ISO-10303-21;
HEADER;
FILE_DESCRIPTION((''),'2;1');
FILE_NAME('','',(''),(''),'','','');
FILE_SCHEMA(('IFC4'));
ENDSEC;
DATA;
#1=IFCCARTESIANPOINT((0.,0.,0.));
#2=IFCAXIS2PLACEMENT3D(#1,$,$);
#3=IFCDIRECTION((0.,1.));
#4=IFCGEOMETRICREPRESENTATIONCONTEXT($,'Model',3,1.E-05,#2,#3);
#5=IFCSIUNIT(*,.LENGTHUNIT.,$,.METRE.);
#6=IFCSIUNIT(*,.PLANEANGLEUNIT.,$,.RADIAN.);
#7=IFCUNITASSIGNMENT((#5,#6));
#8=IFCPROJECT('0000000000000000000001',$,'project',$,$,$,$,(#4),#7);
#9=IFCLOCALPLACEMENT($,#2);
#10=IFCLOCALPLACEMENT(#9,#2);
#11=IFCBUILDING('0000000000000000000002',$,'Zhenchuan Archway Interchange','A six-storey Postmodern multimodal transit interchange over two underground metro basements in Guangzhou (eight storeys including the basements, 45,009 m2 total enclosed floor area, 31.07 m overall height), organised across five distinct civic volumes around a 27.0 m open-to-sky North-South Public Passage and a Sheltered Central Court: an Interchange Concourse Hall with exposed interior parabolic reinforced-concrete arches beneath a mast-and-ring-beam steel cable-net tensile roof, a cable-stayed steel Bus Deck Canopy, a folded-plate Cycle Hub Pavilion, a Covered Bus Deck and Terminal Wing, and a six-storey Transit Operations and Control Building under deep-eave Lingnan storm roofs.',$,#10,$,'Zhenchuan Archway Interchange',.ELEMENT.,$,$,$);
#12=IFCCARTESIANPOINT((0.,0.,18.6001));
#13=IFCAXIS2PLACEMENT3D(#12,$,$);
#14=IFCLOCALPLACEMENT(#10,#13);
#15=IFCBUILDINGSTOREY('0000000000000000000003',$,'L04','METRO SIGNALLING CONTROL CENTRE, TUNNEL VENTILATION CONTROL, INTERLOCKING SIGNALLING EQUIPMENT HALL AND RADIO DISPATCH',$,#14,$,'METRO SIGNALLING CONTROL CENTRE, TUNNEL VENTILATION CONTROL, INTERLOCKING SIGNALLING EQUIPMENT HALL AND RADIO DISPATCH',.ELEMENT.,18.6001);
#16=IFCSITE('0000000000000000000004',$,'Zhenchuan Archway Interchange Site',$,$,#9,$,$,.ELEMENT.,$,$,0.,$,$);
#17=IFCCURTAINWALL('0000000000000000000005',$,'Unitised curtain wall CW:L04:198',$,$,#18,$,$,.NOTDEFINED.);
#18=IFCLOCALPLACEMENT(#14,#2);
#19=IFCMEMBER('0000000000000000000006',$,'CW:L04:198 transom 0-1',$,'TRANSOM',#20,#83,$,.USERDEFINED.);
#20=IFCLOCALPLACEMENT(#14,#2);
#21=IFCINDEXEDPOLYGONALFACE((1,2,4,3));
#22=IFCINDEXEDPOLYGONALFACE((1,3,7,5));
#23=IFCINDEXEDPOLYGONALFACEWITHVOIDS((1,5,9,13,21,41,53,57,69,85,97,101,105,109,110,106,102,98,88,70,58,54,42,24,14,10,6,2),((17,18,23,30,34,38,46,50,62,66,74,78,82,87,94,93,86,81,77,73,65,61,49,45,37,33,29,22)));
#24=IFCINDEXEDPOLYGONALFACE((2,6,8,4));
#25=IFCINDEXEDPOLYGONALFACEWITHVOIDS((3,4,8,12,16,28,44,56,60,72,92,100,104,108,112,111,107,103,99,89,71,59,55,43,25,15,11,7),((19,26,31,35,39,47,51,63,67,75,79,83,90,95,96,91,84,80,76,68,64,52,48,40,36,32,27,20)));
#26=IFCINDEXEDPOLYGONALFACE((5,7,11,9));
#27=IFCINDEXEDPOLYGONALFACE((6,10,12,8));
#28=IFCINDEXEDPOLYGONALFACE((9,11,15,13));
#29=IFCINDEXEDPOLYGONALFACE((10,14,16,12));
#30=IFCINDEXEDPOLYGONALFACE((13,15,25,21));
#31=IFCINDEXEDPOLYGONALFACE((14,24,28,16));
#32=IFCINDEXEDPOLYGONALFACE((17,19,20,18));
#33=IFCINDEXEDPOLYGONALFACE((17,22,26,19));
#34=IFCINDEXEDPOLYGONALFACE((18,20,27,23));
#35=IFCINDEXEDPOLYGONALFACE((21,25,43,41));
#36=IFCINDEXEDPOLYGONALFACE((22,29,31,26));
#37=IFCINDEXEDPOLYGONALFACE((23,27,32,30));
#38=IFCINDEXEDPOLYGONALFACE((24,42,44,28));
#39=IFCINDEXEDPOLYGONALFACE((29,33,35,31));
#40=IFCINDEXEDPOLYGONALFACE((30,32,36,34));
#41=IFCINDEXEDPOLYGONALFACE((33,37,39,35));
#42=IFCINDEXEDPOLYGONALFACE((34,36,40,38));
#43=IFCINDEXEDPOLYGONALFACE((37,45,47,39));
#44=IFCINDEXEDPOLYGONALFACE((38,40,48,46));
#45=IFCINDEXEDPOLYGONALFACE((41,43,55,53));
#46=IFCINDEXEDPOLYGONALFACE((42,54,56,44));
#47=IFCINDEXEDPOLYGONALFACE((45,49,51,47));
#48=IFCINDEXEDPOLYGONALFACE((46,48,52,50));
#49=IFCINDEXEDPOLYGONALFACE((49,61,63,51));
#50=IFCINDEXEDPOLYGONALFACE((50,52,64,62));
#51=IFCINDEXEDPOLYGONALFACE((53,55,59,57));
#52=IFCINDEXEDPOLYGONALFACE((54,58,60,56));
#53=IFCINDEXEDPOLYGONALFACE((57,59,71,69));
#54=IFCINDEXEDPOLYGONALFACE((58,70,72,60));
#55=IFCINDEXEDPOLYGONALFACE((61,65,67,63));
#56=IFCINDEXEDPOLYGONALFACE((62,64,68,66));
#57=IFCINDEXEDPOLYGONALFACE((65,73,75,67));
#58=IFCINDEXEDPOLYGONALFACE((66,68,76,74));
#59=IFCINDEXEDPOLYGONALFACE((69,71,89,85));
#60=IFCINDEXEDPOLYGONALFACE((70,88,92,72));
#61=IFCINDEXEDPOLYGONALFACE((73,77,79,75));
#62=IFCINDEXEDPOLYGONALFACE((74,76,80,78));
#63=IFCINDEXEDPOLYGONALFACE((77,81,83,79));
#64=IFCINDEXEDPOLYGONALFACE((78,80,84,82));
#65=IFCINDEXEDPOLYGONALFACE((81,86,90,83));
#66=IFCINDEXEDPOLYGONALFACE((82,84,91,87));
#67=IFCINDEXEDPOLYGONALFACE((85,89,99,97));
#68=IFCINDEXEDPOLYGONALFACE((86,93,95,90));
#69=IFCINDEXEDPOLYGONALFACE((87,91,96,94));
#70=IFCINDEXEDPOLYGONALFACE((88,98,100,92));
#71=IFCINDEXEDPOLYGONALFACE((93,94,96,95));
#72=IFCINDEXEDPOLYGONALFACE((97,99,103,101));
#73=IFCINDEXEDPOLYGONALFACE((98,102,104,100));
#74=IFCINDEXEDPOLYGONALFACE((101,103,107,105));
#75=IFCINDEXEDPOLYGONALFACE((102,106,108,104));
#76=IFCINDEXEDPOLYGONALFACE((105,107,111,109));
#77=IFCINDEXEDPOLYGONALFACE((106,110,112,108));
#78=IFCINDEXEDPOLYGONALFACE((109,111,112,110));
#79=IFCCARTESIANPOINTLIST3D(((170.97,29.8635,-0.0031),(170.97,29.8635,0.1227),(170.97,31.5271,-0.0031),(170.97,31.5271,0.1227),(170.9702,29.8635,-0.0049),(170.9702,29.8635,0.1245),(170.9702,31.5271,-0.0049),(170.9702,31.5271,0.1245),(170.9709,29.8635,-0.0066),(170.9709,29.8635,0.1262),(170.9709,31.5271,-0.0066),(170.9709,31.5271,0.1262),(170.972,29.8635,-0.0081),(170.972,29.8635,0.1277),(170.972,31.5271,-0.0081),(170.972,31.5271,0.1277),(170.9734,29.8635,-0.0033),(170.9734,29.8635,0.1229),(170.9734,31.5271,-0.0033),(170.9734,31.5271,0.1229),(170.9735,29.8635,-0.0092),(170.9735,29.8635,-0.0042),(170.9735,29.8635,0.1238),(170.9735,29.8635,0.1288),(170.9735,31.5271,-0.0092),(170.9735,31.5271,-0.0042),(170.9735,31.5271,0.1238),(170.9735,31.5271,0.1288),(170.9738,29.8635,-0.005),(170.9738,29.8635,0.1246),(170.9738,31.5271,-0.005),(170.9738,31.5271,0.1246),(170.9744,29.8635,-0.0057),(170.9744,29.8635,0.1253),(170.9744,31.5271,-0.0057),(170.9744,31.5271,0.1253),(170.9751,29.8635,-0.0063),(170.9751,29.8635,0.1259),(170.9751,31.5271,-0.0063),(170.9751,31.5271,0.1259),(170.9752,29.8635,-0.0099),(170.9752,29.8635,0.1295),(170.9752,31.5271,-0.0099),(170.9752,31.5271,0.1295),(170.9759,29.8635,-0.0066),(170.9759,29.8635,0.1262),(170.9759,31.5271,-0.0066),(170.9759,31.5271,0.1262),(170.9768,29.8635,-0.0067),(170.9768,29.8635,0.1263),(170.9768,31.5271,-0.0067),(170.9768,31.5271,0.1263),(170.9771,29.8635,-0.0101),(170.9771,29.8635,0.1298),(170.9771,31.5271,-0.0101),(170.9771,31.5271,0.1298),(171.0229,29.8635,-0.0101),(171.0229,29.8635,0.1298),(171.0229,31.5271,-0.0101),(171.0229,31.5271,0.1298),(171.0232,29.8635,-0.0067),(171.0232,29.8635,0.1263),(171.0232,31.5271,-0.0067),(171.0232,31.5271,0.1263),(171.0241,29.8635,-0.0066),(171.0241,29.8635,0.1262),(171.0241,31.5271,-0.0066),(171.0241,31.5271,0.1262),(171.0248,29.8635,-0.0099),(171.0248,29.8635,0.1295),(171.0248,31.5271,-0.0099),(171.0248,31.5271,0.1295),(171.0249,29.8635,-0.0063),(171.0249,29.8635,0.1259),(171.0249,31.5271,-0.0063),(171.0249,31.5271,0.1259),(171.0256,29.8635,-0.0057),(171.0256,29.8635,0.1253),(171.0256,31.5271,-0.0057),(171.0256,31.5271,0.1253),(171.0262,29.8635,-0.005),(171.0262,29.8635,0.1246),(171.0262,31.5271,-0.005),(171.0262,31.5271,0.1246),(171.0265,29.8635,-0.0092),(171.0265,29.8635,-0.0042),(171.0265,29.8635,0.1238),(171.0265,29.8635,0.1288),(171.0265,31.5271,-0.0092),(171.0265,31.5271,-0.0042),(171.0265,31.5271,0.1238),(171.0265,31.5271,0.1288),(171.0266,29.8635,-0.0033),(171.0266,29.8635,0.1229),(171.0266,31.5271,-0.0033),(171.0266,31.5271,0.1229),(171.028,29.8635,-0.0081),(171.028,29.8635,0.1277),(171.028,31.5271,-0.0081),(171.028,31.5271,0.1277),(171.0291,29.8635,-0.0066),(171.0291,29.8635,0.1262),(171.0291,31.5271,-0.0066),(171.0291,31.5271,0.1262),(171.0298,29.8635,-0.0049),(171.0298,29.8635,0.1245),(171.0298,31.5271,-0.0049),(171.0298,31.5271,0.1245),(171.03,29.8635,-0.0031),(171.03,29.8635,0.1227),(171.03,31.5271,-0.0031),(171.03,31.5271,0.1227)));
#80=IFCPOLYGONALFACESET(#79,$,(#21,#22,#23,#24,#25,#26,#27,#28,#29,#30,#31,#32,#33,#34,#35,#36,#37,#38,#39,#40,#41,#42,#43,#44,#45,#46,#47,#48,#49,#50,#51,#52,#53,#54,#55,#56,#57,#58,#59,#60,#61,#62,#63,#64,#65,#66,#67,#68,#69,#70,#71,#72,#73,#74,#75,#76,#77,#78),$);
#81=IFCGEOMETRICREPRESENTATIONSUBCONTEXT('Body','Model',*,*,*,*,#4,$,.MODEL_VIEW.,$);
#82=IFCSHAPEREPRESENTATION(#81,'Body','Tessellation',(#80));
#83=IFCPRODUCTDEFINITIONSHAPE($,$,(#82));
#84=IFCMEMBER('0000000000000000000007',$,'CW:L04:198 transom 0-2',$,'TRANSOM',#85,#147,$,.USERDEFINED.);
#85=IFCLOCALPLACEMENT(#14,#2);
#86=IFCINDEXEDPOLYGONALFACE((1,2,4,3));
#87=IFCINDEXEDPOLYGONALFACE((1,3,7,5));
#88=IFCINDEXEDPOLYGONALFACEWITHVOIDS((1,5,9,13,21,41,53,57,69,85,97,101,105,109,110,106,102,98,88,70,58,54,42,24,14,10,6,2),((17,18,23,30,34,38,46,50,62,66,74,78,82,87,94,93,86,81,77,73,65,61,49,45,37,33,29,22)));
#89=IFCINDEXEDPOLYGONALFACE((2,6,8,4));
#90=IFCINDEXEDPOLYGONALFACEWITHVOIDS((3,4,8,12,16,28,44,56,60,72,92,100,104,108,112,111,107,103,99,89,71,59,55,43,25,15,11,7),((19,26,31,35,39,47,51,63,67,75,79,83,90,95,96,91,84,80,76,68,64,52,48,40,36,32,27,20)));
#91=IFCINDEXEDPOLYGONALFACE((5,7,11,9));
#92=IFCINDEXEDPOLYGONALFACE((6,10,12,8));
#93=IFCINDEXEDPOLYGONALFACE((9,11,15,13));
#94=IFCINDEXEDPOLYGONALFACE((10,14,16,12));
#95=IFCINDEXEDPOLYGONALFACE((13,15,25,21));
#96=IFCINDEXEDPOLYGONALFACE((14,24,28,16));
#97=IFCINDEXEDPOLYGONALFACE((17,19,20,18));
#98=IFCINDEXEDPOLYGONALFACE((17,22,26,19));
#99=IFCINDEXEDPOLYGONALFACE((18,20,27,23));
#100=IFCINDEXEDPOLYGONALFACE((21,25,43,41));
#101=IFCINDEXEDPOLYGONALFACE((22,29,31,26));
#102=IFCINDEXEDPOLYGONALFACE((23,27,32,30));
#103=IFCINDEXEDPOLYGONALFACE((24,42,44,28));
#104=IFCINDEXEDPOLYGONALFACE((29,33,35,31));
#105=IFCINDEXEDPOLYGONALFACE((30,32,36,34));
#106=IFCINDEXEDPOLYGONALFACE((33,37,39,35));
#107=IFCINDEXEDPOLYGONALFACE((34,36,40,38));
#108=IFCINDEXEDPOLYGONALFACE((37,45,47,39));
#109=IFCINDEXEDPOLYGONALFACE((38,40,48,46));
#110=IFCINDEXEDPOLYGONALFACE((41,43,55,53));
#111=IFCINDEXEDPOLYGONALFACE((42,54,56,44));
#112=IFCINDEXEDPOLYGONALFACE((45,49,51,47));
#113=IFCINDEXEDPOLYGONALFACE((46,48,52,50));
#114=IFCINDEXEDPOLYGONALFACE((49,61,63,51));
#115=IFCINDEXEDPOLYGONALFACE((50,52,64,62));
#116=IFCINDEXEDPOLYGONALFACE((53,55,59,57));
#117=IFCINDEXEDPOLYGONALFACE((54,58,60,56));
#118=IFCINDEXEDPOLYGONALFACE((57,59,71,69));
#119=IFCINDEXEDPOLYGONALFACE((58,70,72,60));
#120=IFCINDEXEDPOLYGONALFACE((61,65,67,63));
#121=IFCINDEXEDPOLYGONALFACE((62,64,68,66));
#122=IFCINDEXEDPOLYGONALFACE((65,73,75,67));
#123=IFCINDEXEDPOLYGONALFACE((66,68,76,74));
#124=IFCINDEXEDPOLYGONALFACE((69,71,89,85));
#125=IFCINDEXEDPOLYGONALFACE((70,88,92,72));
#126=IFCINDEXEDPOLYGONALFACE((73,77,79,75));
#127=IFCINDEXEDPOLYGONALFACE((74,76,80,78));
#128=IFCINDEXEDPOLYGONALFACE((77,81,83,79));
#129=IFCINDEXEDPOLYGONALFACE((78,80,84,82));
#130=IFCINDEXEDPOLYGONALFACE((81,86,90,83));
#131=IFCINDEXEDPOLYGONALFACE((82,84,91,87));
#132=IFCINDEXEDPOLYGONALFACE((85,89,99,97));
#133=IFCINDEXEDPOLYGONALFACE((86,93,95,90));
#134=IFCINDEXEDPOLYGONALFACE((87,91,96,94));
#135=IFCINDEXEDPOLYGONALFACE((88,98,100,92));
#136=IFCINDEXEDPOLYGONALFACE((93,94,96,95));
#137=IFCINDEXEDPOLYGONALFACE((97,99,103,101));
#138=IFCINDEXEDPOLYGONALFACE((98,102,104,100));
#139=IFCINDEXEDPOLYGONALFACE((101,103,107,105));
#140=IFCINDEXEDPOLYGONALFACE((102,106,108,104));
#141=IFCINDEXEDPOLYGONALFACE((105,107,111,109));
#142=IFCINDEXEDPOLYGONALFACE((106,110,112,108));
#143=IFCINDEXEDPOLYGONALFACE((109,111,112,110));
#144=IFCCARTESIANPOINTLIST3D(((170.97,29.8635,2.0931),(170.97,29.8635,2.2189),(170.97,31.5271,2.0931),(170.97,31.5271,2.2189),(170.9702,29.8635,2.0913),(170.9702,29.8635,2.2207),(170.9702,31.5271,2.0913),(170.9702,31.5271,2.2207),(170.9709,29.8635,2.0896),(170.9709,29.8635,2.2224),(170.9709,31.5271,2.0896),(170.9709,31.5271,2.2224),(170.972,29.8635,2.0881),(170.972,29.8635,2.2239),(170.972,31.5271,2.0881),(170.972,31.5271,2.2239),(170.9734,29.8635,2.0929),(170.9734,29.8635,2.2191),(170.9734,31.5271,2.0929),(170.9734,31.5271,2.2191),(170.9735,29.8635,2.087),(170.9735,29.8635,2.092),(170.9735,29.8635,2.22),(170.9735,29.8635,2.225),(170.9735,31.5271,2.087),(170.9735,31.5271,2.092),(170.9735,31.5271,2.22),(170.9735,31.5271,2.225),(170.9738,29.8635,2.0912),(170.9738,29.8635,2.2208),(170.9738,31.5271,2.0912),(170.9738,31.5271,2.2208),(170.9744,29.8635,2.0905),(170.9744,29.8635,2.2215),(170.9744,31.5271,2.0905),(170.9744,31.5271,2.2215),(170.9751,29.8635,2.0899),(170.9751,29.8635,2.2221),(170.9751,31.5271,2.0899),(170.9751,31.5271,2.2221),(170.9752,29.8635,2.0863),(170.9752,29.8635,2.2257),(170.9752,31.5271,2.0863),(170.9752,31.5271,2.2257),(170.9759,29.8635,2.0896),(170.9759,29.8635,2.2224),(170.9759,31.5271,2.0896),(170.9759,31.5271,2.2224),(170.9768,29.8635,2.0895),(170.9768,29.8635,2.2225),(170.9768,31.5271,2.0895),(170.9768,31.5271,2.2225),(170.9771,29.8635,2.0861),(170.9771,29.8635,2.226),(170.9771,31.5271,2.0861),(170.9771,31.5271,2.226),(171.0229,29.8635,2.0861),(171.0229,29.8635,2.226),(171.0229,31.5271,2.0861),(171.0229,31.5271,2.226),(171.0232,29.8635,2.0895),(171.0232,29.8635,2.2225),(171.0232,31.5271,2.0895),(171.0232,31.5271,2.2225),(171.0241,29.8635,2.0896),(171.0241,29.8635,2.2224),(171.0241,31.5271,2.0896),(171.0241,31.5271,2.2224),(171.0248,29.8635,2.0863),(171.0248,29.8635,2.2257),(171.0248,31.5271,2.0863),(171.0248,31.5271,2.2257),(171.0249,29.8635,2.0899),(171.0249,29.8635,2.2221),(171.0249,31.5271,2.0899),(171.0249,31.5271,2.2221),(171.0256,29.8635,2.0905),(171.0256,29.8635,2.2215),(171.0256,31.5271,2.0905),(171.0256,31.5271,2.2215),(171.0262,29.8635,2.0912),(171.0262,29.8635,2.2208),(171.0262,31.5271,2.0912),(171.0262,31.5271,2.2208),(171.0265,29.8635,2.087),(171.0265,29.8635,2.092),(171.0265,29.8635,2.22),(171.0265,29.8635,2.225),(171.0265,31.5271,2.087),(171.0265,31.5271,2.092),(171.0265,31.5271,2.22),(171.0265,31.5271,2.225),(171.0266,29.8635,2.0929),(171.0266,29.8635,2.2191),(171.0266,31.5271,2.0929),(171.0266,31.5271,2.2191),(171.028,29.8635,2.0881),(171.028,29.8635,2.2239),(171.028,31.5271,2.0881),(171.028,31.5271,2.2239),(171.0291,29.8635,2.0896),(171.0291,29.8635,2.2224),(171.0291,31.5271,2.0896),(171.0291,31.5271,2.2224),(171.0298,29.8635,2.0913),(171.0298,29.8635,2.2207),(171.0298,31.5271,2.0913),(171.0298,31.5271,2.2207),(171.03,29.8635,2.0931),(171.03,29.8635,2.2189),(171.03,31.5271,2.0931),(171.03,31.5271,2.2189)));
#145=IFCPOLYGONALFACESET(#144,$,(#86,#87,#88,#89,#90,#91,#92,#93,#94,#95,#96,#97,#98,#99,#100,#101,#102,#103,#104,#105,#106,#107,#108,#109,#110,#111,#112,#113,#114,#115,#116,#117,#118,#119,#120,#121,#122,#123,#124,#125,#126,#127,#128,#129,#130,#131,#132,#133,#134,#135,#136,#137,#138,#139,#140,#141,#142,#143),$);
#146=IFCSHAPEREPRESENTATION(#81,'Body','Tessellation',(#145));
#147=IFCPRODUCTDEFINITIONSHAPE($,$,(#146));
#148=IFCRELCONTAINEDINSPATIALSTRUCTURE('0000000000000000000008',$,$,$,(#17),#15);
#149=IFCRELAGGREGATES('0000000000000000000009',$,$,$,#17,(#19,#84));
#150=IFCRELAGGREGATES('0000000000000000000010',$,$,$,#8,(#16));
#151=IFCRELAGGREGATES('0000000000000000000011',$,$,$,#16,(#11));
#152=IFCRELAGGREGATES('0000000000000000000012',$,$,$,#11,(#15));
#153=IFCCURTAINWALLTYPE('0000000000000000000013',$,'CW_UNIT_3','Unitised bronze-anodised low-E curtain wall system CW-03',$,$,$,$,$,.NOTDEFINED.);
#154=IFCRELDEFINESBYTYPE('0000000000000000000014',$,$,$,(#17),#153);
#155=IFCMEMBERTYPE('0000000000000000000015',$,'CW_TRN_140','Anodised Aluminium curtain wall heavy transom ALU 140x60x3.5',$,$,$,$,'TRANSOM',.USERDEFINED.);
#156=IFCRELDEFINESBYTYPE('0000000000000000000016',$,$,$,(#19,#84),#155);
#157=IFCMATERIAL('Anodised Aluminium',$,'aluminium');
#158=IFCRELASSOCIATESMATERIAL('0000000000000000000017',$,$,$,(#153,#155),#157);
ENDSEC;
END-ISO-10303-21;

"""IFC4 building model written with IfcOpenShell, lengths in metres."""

from ifc_helpers import new_model, si_unit, direction, frame, origin, origin_2d, place, context, subcontext, project, spatial, hollow_rectangle, extrude, material, material_profile, profile_set, type_object, element, aggregate, save


model = new_model("IFC4")

# Units and contexts
model_context = context("Model", 3, precision=1e-05, world=origin(), true_north=direction((0.0, 1.0)))
body_context = subcontext(model_context, "Body", "Model", "MODEL_VIEW")
ifc_project = project(units=[si_unit("LENGTHUNIT", "METRE"), si_unit("PLANEANGLEUNIT", "RADIAN")], contexts=[model_context])

# Site, building, storey
site_placement = place(None, origin())
site = spatial("IfcSite", under=ifc_project, at=site_placement, Name="Zhenchuan Archway Interchange Site", CompositionType="ELEMENT", RefElevation=0.0)
building_placement = place(site_placement, origin())
building = spatial("IfcBuilding", under=site, at=building_placement, Name="Zhenchuan Archway Interchange", Description="A six-storey Postmodern multimodal transit interchange over two underground metro basements in Guangzhou (eight storeys including the basements, 45,009 m2 total enclosed floor area, 31.07 m overall height), organised across five distinct civic volumes around a 27.0 m open-to-sky North-South Public Passage and a Sheltered Central Court: an Interchange Concourse Hall with exposed interior parabolic reinforced-concrete arches beneath a mast-and-ring-beam steel cable-net tensile roof, a cable-stayed steel Bus Deck Canopy, a folded-plate Cycle Hub Pavilion, a Covered Bus Deck and Terminal Wing, and a six-storey Transit Operations and Control Building under deep-eave Lingnan storm roofs.", LongName="Zhenchuan Archway Interchange", CompositionType="ELEMENT")
storey_placement = place(building_placement, frame((0.0, 0.0, 18.6001)))
storey = spatial("IfcBuildingStorey", under=building, at=storey_placement, Name="L04", Description="METRO SIGNALLING CONTROL CENTRE, TUNNEL VENTILATION CONTROL, INTERLOCKING SIGNALLING EQUIPMENT HALL AND RADIO DISPATCH", LongName="METRO SIGNALLING CONTROL CENTRE, TUNNEL VENTILATION CONTROL, INTERLOCKING SIGNALLING EQUIPMENT HALL AND RADIO DISPATCH", CompositionType="ELEMENT", Elevation=18.6001)

# Curtain wall, members
ifc_material_1 = material(Name="Anodised Aluminium", Category="aluminium")
curtain_wall_type = type_object("IfcCurtainWallType", Name="CW_UNIT_3", Description="Unitised bronze-anodised low-E curtain wall system CW-03", PredefinedType="NOTDEFINED", material=ifc_material_1)
curtain_wall_placement = place(storey_placement, origin())
curtain_wall = element("IfcCurtainWall", 1, at=curtain_wall_placement, inside=storey, type_object=curtain_wall_type, Name="Unitised curtain wall CW:L04:198", PredefinedType="NOTDEFINED")
ifc_material_profile_1 = material_profile(ifc_material_1, hollow_rectangle(XDim=0.0601, YDim=0.1399, WallThickness=0.0034, InnerFilletRadius=0.0034, OuterFilletRadius=0.0071, at=origin_2d()), Name="ALU 140x60x3.5")
ifc_profile_set_1 = profile_set([ifc_material_profile_1], Name="Anodised Aluminium")
member_type_1 = type_object("IfcMemberType", Name="CW_TRN_140", Description="Anodised Aluminium curtain wall heavy transom ALU 140x60x3.5", ElementType="TRANSOM", PredefinedType="USERDEFINED", material=ifc_profile_set_1)
member_1_placement = place(storey_placement, frame((171.0, 31.5271, 0.0598), z_axis=(0.0, -1.0, 0.0), x_axis=(1.0, 0.0, 0.0)))
member_1 = element("IfcMember", 2, at=member_1_placement, type_object=member_type_1, Name="CW:L04:198 transom 0-1", ObjectType="TRANSOM", PredefinedType="USERDEFINED", context=body_context, shape_type="SweptSolid", body=[
    extrude(hollow_rectangle(XDim=0.0601, YDim=0.1399, WallThickness=0.0034, InnerFilletRadius=0.0034, OuterFilletRadius=0.0071, at=origin_2d()), origin(), (0.0, 0.0, 1.0), 1.6636),
])
member_2_placement = place(storey_placement, frame((171.0, 31.5271, 2.156), z_axis=(0.0, -1.0, 0.0), x_axis=(1.0, 0.0, 0.0)))
member_2 = element("IfcMember", 3, at=member_2_placement, type_object=member_type_1, Name="CW:L04:198 transom 0-2", ObjectType="TRANSOM", PredefinedType="USERDEFINED", context=body_context, shape_type="SweptSolid", body=[
    extrude(hollow_rectangle(XDim=0.0601, YDim=0.1399, WallThickness=0.0034, InnerFilletRadius=0.0034, OuterFilletRadius=0.0071, at=origin_2d()), origin(), (0.0, 0.0, 1.0), 1.6636),
])

aggregate(curtain_wall, [member_1, member_2])

save(model, "model.ifc")
